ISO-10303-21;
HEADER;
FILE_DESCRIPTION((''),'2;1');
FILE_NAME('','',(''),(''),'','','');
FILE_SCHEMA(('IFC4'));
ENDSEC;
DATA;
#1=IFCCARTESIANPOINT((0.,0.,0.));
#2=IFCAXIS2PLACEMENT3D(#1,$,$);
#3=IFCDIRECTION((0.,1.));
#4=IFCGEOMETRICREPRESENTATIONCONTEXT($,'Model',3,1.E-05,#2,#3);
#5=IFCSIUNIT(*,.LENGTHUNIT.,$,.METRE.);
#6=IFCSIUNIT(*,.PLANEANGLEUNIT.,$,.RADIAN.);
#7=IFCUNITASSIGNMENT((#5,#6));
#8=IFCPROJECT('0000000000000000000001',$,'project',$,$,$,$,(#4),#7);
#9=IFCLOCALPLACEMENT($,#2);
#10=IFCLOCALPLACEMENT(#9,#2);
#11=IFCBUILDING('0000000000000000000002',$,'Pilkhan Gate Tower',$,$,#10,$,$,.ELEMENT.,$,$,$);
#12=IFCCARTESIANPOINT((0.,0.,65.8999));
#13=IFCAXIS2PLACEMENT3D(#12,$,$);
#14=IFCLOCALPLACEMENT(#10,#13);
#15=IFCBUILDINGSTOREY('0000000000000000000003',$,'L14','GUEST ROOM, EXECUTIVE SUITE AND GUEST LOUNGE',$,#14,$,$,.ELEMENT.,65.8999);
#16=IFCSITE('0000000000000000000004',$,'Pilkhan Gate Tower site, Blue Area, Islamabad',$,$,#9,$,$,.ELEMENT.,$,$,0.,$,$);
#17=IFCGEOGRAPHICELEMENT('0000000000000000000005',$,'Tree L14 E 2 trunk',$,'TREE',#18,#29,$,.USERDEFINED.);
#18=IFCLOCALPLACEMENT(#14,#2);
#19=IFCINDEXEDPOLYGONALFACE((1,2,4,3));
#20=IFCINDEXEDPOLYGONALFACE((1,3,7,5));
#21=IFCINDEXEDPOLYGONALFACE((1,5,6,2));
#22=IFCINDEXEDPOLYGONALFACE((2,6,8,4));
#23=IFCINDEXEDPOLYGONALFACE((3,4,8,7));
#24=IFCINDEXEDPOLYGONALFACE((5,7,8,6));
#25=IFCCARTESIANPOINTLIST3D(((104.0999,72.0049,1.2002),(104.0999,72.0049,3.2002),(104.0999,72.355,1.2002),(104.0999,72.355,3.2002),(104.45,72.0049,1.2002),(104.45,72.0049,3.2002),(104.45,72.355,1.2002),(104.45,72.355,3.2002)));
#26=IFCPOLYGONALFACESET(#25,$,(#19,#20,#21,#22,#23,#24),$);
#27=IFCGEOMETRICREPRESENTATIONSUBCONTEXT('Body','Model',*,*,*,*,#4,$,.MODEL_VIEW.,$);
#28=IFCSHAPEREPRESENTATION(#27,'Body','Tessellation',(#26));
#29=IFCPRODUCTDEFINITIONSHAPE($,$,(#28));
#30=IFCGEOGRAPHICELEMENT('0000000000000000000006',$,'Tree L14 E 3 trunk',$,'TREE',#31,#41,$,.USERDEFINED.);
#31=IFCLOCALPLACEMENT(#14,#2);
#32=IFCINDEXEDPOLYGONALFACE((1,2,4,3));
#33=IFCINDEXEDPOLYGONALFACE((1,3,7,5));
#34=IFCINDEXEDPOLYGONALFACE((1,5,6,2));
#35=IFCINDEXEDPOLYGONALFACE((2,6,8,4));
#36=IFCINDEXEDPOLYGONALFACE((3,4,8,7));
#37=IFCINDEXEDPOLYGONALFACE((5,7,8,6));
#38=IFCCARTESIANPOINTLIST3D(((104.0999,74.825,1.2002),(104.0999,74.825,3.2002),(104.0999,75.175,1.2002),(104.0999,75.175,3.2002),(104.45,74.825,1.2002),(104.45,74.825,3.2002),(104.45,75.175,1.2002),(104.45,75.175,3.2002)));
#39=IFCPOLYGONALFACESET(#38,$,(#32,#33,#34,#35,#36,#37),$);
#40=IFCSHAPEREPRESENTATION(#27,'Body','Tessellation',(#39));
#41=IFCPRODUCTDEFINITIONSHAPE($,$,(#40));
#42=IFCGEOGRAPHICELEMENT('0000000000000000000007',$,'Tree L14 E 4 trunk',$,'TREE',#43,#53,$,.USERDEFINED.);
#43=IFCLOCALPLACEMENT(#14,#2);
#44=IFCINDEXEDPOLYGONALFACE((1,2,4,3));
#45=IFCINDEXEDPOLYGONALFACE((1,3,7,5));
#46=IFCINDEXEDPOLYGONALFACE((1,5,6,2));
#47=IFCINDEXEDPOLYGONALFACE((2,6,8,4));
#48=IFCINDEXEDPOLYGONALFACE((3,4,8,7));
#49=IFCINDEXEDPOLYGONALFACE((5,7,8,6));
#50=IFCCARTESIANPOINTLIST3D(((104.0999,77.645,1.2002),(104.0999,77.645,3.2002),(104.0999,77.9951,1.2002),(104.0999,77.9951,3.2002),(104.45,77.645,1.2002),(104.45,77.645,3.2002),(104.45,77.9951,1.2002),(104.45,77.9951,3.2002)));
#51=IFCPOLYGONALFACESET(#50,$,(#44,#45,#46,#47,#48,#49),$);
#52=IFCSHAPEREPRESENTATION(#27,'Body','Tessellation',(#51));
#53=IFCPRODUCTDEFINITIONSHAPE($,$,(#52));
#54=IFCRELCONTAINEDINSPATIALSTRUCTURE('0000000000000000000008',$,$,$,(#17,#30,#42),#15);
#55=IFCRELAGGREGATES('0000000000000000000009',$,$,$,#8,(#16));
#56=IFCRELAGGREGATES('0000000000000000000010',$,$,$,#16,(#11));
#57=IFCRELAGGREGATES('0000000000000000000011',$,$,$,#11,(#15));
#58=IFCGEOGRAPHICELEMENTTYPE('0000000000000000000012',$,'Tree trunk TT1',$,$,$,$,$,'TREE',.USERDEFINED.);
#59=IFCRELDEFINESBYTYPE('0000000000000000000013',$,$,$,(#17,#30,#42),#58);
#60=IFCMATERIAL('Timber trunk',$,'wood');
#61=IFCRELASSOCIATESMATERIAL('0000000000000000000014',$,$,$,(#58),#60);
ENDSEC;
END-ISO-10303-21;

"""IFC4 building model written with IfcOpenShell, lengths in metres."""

from ifc_helpers import new_model, si_unit, direction, frame, origin, origin_2d, place, context, subcontext, project, spatial, rectangle, extrude, material, type_object, element, save


model = new_model("IFC4")

# Units and contexts
model_context = context("Model", 3, precision=1e-05, world=origin(), true_north=direction((0.0, 1.0)))
body_context = subcontext(model_context, "Body", "Model", "MODEL_VIEW")
ifc_project = project(units=[si_unit("LENGTHUNIT", "METRE"), si_unit("PLANEANGLEUNIT", "RADIAN")], contexts=[model_context])

# Site, building, storey
site_placement = place(None, origin())
site = spatial("IfcSite", under=ifc_project, at=site_placement, Name="Pilkhan Gate Tower site, Blue Area, Islamabad", CompositionType="ELEMENT", RefElevation=0.0)
building_placement = place(site_placement, origin())
building = spatial("IfcBuilding", under=site, at=building_placement, Name="Pilkhan Gate Tower", CompositionType="ELEMENT")
storey_placement = place(building_placement, frame((0.0, 0.0, 65.8999)))
storey = spatial("IfcBuildingStorey", under=building, at=storey_placement, Name="L14", Description="GUEST ROOM, EXECUTIVE SUITE AND GUEST LOUNGE", CompositionType="ELEMENT", Elevation=65.8999)

# Geographic elements
ifc_material_1 = material(Name="Timber trunk", Category="wood")
geographic_element_type_1 = type_object("IfcGeographicElementType", Name="Tree trunk TT1", ElementType="TREE", PredefinedType="USERDEFINED", material=ifc_material_1)
for number, where, z_axis, x_axis, name in (
    (1, (104.2749, 72.1799, 1.2002), (0.0, 0.0, 1.0), (1.0, 0.0, 0.0), "Tree L14 E 2 trunk"),
    (2, (104.2749, 75.0, 1.2002), (0.0, 0.0, 1.0), (1.0, 0.0, 0.0), "Tree L14 E 3 trunk"),
    (3, (104.2749, 77.8201, 1.2002), (0.0, 0.0, 1.0), (1.0, 0.0, 0.0), "Tree L14 E 4 trunk"),
):
    element("IfcGeographicElement", number, at=place(storey_placement, frame(where, z_axis=z_axis, x_axis=x_axis)), inside=storey, type_object=geographic_element_type_1, Name=name, ObjectType="TREE", PredefinedType="USERDEFINED", context=body_context, shape_type="SweptSolid", body=[
        extrude(rectangle(XDim=0.3501, YDim=0.3501, at=origin_2d()), origin(), (0.0, 0.0, 1.0), 2.0),
    ])

save(model, "model.ifc")
